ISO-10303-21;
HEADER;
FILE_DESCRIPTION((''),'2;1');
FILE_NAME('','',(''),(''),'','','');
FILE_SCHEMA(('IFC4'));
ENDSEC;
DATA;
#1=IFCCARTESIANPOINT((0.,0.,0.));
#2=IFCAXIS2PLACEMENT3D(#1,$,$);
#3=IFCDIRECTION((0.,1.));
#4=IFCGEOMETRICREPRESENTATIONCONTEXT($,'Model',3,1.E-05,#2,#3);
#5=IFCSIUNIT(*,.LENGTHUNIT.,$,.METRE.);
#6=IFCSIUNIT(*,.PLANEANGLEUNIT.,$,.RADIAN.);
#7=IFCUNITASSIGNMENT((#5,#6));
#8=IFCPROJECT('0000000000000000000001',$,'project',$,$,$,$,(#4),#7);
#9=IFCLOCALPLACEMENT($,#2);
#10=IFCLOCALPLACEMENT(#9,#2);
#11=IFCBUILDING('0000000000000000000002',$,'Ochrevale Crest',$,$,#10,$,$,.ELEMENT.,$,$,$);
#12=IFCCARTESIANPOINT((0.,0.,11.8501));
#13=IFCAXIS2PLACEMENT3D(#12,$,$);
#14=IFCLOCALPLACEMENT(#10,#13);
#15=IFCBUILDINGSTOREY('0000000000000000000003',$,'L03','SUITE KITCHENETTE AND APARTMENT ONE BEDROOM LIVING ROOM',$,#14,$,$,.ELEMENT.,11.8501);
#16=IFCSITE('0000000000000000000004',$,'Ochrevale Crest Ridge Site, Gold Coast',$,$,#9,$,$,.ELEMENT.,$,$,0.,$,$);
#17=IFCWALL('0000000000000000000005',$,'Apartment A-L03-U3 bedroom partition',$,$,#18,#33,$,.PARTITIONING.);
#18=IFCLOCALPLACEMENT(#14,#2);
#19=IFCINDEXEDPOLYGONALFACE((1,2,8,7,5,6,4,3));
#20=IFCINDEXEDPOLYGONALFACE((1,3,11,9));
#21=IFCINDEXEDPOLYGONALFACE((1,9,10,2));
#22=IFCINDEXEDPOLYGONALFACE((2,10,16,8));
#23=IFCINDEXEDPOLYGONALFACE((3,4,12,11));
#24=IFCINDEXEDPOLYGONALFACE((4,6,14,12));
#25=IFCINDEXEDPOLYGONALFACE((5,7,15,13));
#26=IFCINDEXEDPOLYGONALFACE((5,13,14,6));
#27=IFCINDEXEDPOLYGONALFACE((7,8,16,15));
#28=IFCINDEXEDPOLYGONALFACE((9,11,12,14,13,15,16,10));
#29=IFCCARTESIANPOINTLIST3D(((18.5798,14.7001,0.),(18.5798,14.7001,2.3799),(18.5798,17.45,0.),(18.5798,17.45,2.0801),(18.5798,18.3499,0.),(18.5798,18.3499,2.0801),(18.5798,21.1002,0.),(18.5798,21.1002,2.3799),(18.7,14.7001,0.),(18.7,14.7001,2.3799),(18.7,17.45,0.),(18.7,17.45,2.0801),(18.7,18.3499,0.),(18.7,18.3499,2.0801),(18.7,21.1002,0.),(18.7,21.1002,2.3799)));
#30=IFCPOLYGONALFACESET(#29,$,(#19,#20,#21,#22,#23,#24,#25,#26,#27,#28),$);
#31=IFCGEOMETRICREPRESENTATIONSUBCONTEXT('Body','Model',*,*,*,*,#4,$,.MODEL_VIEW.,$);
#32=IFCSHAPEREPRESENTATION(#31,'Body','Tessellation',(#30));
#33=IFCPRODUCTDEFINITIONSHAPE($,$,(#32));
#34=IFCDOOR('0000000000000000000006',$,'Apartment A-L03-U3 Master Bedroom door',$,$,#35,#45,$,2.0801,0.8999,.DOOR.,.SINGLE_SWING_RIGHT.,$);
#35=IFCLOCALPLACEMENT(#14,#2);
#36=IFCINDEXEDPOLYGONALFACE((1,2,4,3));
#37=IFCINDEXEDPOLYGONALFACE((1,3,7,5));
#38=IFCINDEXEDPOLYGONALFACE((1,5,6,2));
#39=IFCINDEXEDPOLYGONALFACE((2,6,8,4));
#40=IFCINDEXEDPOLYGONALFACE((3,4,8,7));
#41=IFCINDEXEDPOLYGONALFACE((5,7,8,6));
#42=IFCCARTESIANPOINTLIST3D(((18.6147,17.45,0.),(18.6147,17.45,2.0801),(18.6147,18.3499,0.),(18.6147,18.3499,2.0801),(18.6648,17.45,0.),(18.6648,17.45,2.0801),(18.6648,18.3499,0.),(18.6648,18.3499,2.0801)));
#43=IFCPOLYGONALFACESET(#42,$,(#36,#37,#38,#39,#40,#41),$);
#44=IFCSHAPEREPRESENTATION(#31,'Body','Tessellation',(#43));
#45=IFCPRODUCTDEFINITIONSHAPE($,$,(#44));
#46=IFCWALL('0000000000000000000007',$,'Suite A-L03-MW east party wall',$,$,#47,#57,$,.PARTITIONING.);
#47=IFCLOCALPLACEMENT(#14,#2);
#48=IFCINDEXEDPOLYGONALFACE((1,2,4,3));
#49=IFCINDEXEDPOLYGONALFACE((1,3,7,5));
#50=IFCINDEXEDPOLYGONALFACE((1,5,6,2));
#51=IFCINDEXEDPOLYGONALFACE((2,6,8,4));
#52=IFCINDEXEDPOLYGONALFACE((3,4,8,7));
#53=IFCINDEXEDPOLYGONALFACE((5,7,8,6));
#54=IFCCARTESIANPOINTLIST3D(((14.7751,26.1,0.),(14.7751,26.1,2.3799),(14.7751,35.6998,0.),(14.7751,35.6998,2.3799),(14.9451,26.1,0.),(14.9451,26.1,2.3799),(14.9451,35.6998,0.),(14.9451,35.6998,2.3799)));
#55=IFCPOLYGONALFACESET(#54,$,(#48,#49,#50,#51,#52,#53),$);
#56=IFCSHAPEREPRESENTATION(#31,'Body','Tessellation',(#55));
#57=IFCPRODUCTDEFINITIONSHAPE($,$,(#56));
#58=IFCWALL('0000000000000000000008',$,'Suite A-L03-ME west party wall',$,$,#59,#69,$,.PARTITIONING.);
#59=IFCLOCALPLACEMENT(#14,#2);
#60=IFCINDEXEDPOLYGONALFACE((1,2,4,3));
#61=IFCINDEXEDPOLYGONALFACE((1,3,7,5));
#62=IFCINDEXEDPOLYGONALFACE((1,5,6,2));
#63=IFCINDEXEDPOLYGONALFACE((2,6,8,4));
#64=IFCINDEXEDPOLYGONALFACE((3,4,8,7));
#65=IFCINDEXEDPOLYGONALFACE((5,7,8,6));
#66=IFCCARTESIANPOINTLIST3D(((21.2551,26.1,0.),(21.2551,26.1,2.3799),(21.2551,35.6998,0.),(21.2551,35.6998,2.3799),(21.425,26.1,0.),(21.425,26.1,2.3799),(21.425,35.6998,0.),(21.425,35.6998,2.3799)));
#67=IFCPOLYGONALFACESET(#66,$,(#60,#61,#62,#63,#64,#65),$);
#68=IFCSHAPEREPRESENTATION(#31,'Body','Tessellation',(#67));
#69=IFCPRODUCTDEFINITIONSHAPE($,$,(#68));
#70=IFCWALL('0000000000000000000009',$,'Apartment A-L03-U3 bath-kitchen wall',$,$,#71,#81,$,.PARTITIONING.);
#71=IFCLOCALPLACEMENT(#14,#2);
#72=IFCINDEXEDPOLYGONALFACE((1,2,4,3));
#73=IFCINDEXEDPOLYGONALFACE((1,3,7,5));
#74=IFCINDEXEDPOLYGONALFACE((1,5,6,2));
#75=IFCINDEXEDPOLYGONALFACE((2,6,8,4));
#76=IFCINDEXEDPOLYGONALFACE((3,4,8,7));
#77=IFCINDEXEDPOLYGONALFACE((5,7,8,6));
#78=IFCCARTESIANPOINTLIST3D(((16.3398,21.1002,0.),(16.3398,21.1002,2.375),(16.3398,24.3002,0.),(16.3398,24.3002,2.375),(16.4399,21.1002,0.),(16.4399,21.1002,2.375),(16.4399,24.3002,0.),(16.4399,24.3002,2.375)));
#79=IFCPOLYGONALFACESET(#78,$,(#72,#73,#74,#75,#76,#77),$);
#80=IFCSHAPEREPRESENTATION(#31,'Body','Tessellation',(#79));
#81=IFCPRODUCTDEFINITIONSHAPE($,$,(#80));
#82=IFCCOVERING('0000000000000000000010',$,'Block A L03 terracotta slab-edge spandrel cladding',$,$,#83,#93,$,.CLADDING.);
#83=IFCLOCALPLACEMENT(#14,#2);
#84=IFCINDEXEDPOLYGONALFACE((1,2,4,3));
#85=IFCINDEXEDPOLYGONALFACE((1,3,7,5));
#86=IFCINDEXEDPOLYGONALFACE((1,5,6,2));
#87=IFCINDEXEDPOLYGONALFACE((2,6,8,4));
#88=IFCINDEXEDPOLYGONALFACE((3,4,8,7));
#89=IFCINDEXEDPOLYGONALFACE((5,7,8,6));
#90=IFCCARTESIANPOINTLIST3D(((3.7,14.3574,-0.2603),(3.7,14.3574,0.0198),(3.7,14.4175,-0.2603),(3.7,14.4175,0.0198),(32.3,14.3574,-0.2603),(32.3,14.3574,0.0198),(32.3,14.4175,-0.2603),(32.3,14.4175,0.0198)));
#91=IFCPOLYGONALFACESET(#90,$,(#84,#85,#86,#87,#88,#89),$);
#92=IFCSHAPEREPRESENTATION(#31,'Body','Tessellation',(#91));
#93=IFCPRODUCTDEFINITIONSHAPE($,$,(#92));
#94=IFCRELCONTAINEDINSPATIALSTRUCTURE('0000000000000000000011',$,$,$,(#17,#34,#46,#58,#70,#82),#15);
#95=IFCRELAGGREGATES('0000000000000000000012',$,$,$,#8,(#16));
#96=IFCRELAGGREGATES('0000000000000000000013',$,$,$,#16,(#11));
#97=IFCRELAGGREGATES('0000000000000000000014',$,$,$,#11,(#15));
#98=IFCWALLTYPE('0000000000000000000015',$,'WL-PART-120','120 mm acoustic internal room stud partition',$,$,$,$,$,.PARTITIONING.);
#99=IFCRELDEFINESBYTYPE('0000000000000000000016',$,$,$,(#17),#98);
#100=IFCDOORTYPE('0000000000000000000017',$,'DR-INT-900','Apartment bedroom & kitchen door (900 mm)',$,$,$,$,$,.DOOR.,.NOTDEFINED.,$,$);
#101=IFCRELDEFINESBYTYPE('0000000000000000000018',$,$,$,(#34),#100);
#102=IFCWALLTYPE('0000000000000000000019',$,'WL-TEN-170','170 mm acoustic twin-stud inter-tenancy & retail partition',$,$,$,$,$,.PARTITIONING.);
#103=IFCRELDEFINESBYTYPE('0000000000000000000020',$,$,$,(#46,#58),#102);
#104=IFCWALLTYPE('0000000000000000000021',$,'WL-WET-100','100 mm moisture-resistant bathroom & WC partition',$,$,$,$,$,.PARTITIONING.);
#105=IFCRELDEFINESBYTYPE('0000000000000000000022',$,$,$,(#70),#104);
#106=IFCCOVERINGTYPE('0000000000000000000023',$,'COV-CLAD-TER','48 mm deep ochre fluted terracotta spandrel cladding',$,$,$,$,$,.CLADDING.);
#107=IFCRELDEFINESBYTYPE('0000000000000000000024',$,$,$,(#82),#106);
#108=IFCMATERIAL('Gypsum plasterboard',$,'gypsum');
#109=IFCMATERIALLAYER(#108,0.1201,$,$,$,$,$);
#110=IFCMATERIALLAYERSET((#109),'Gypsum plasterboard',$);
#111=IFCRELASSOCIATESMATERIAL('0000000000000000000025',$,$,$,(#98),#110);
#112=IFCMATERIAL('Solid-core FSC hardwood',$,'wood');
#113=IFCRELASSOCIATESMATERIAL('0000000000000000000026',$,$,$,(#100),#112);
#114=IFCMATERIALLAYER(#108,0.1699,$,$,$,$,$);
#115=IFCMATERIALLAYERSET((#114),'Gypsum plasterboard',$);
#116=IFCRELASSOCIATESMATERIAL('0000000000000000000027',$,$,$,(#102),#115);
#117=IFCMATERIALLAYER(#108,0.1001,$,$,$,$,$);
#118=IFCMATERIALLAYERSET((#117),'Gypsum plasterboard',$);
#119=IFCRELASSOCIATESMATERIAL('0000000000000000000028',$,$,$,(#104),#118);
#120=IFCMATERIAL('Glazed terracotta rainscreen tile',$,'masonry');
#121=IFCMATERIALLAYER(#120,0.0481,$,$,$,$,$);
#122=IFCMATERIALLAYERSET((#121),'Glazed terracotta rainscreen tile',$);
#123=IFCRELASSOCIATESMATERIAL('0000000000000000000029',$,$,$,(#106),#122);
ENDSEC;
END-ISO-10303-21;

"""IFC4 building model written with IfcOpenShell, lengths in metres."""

from ifc_helpers import new_model, si_unit, direction, frame, frame_2d, origin, origin_2d, place, context, subcontext, project, spatial, rectangle, extrude, material, layer, layer_set, type_object, element, fill, save


model = new_model("IFC4")

# Units and contexts
model_context = context("Model", 3, precision=1e-05, world=origin(), true_north=direction((0.0, 1.0)))
body_context = subcontext(model_context, "Body", "Model", "MODEL_VIEW")
ifc_project = project(units=[si_unit("LENGTHUNIT", "METRE"), si_unit("PLANEANGLEUNIT", "RADIAN")], contexts=[model_context])

# Site, building, storey
site_placement = place(None, origin())
site = spatial("IfcSite", under=ifc_project, at=site_placement, Name="Ochrevale Crest Ridge Site, Gold Coast", CompositionType="ELEMENT", RefElevation=0.0)
building_placement = place(site_placement, origin())
building = spatial("IfcBuilding", under=site, at=building_placement, Name="Ochrevale Crest", CompositionType="ELEMENT")
storey_placement = place(building_placement, frame((0.0, 0.0, 11.8501)))
storey = spatial("IfcBuildingStorey", under=building, at=storey_placement, Name="L03", Description="SUITE KITCHENETTE AND APARTMENT ONE BEDROOM LIVING ROOM", CompositionType="ELEMENT", Elevation=11.8501)

# Shared definitions
ifc_material_1 = material(Name="Gypsum plasterboard", Category="gypsum")
ifc_material_2 = material(Name="Solid-core FSC hardwood", Category="wood")

# Shared definitions
ifc_layer_1 = layer(ifc_material_1, 0.1201)
ifc_layer_set_1 = layer_set([ifc_layer_1], Name="Gypsum plasterboard")
wall_type_1 = type_object("IfcWallType", Name="WL-PART-120", Description="120 mm acoustic internal room stud partition", PredefinedType="PARTITIONING", material=ifc_layer_set_1)

# Shared definitions
door_type_1 = type_object("IfcDoorType", Name="DR-INT-900", Description="Apartment bedroom & kitchen door (900 mm)", OperationType="NOTDEFINED", PredefinedType="DOOR", material=ifc_material_2)

# Wall, opening, door
wall_1_placement = place(storey_placement, frame((18.6399, 14.7, 0.0), z_axis=(0.0, 0.0, 1.0), x_axis=(0.0, 1.0, 0.0)))
wall_1 = element("IfcWall", 1, at=wall_1_placement, inside=storey, type_object=wall_type_1, Name="Apartment A-L03-U3 bedroom partition", PredefinedType="PARTITIONING", context=body_context, shape_type="SweptSolid", body=[
    extrude(rectangle(XDim=6.4001, YDim=0.1201, at=frame_2d((3.2002, 0.0))), origin(), (0.0, 0.0, 1.0), 2.3799),
])
opening_1_placement = place(wall_1_placement, frame((3.6499, 0.0, 0.0), z_axis=(0.0, 0.0, 1.0), x_axis=(-1.0, 0.0, 0.0)))
opening_1 = element("IfcOpeningElement", 2, at=opening_1_placement, cuts=wall_1, PredefinedType="OPENING", context=body_context, shape_type="SweptSolid", body=[
    extrude(rectangle(XDim=0.8999, YDim=2.0801, at=frame_2d((0.45, 1.04))), frame((0.0, 0.0701, 0.0), z_axis=(0.0, -1.0, 0.0), x_axis=(1.0, 0.0, 0.0)), (0.0, 0.0, 1.0), 0.1401),
])
door_1_placement = place(opening_1_placement, origin())
door_1 = element("IfcDoor", 3, at=door_1_placement, inside=storey, type_object=door_type_1, Name="Apartment A-L03-U3 Master Bedroom door", OperationType="SINGLE_SWING_RIGHT", OverallHeight=2.0801, OverallWidth=0.8999, PredefinedType="DOOR", context=body_context, shape_type="SweptSolid", body=[
    extrude(rectangle(XDim=0.8999, YDim=2.0801, at=frame_2d((0.45, 1.04))), frame((0.0, 0.0249, 0.0), z_axis=(0.0, -1.0, 0.0), x_axis=(1.0, 0.0, 0.0)), (0.0, 0.0, 1.0), 0.05),
])
fill(opening_1, door_1)

# Walls
ifc_layer_2 = layer(ifc_material_1, 0.1699)
ifc_layer_set_2 = layer_set([ifc_layer_2], Name="Gypsum plasterboard")
wall_type_2 = type_object("IfcWallType", Name="WL-TEN-170", Description="170 mm acoustic twin-stud inter-tenancy & retail partition", PredefinedType="PARTITIONING", material=ifc_layer_set_2)
for number, where, z_axis, x_axis, name in (
    (4, (14.8601, 26.1001, 0.0), (0.0, 0.0, 1.0), (0.0, 1.0, 0.0), "Suite A-L03-MW east party wall"),
    (5, (21.3401, 26.1001, 0.0), (0.0, 0.0, 1.0), (0.0, 1.0, 0.0), "Suite A-L03-ME west party wall"),
):
    element("IfcWall", number, at=place(storey_placement, frame(where, z_axis=z_axis, x_axis=x_axis)), inside=storey, type_object=wall_type_2, Name=name, PredefinedType="PARTITIONING", context=body_context, shape_type="SweptSolid", body=[
        extrude(rectangle(XDim=9.5999, YDim=0.1699, at=frame_2d((4.7998, 0.0))), origin(), (0.0, 0.0, 1.0), 2.3799),
    ])
ifc_layer_3 = layer(ifc_material_1, 0.1001)
ifc_layer_set_3 = layer_set([ifc_layer_3], Name="Gypsum plasterboard")
wall_type_3 = type_object("IfcWallType", Name="WL-WET-100", Description="100 mm moisture-resistant bathroom & WC partition", PredefinedType="PARTITIONING", material=ifc_layer_set_3)
wall_2_placement = place(storey_placement, frame((16.3899, 21.1001, 0.0), z_axis=(0.0, 0.0, 1.0), x_axis=(0.0, 1.0, 0.0)))
element("IfcWall", 6, at=wall_2_placement, inside=storey, type_object=wall_type_3, Name="Apartment A-L03-U3 bath-kitchen wall", PredefinedType="PARTITIONING", context=body_context, shape_type="SweptSolid", body=[
    extrude(rectangle(XDim=3.2, YDim=0.1001, at=frame_2d((1.6001, 0.0))), origin(), (0.0, 0.0, 1.0), 2.375),
])

# Covering
ifc_material_3 = material(Name="Glazed terracotta rainscreen tile", Category="masonry")
ifc_layer_4 = layer(ifc_material_3, 0.0481)
ifc_layer_set_4 = layer_set([ifc_layer_4], Name="Glazed terracotta rainscreen tile")
covering_type = type_object("IfcCoveringType", Name="COV-CLAD-TER", Description="48 mm deep ochre fluted terracotta spandrel cladding", PredefinedType="CLADDING", material=ifc_layer_set_4)
covering_placement = place(storey_placement, frame((18.0, 14.3875, -0.2603), z_axis=(0.0, 0.0, 1.0), x_axis=(1.0, 0.0, 0.0)))
element("IfcCovering", 7, at=covering_placement, inside=storey, type_object=covering_type, Name="Block A L03 terracotta slab-edge spandrel cladding", PredefinedType="CLADDING", context=body_context, shape_type="SweptSolid", body=[
    extrude(rectangle(XDim=28.6001, YDim=0.0601, at=origin_2d()), origin(), (0.0, 0.0, 1.0), 0.28),
])

save(model, "model.ifc")
